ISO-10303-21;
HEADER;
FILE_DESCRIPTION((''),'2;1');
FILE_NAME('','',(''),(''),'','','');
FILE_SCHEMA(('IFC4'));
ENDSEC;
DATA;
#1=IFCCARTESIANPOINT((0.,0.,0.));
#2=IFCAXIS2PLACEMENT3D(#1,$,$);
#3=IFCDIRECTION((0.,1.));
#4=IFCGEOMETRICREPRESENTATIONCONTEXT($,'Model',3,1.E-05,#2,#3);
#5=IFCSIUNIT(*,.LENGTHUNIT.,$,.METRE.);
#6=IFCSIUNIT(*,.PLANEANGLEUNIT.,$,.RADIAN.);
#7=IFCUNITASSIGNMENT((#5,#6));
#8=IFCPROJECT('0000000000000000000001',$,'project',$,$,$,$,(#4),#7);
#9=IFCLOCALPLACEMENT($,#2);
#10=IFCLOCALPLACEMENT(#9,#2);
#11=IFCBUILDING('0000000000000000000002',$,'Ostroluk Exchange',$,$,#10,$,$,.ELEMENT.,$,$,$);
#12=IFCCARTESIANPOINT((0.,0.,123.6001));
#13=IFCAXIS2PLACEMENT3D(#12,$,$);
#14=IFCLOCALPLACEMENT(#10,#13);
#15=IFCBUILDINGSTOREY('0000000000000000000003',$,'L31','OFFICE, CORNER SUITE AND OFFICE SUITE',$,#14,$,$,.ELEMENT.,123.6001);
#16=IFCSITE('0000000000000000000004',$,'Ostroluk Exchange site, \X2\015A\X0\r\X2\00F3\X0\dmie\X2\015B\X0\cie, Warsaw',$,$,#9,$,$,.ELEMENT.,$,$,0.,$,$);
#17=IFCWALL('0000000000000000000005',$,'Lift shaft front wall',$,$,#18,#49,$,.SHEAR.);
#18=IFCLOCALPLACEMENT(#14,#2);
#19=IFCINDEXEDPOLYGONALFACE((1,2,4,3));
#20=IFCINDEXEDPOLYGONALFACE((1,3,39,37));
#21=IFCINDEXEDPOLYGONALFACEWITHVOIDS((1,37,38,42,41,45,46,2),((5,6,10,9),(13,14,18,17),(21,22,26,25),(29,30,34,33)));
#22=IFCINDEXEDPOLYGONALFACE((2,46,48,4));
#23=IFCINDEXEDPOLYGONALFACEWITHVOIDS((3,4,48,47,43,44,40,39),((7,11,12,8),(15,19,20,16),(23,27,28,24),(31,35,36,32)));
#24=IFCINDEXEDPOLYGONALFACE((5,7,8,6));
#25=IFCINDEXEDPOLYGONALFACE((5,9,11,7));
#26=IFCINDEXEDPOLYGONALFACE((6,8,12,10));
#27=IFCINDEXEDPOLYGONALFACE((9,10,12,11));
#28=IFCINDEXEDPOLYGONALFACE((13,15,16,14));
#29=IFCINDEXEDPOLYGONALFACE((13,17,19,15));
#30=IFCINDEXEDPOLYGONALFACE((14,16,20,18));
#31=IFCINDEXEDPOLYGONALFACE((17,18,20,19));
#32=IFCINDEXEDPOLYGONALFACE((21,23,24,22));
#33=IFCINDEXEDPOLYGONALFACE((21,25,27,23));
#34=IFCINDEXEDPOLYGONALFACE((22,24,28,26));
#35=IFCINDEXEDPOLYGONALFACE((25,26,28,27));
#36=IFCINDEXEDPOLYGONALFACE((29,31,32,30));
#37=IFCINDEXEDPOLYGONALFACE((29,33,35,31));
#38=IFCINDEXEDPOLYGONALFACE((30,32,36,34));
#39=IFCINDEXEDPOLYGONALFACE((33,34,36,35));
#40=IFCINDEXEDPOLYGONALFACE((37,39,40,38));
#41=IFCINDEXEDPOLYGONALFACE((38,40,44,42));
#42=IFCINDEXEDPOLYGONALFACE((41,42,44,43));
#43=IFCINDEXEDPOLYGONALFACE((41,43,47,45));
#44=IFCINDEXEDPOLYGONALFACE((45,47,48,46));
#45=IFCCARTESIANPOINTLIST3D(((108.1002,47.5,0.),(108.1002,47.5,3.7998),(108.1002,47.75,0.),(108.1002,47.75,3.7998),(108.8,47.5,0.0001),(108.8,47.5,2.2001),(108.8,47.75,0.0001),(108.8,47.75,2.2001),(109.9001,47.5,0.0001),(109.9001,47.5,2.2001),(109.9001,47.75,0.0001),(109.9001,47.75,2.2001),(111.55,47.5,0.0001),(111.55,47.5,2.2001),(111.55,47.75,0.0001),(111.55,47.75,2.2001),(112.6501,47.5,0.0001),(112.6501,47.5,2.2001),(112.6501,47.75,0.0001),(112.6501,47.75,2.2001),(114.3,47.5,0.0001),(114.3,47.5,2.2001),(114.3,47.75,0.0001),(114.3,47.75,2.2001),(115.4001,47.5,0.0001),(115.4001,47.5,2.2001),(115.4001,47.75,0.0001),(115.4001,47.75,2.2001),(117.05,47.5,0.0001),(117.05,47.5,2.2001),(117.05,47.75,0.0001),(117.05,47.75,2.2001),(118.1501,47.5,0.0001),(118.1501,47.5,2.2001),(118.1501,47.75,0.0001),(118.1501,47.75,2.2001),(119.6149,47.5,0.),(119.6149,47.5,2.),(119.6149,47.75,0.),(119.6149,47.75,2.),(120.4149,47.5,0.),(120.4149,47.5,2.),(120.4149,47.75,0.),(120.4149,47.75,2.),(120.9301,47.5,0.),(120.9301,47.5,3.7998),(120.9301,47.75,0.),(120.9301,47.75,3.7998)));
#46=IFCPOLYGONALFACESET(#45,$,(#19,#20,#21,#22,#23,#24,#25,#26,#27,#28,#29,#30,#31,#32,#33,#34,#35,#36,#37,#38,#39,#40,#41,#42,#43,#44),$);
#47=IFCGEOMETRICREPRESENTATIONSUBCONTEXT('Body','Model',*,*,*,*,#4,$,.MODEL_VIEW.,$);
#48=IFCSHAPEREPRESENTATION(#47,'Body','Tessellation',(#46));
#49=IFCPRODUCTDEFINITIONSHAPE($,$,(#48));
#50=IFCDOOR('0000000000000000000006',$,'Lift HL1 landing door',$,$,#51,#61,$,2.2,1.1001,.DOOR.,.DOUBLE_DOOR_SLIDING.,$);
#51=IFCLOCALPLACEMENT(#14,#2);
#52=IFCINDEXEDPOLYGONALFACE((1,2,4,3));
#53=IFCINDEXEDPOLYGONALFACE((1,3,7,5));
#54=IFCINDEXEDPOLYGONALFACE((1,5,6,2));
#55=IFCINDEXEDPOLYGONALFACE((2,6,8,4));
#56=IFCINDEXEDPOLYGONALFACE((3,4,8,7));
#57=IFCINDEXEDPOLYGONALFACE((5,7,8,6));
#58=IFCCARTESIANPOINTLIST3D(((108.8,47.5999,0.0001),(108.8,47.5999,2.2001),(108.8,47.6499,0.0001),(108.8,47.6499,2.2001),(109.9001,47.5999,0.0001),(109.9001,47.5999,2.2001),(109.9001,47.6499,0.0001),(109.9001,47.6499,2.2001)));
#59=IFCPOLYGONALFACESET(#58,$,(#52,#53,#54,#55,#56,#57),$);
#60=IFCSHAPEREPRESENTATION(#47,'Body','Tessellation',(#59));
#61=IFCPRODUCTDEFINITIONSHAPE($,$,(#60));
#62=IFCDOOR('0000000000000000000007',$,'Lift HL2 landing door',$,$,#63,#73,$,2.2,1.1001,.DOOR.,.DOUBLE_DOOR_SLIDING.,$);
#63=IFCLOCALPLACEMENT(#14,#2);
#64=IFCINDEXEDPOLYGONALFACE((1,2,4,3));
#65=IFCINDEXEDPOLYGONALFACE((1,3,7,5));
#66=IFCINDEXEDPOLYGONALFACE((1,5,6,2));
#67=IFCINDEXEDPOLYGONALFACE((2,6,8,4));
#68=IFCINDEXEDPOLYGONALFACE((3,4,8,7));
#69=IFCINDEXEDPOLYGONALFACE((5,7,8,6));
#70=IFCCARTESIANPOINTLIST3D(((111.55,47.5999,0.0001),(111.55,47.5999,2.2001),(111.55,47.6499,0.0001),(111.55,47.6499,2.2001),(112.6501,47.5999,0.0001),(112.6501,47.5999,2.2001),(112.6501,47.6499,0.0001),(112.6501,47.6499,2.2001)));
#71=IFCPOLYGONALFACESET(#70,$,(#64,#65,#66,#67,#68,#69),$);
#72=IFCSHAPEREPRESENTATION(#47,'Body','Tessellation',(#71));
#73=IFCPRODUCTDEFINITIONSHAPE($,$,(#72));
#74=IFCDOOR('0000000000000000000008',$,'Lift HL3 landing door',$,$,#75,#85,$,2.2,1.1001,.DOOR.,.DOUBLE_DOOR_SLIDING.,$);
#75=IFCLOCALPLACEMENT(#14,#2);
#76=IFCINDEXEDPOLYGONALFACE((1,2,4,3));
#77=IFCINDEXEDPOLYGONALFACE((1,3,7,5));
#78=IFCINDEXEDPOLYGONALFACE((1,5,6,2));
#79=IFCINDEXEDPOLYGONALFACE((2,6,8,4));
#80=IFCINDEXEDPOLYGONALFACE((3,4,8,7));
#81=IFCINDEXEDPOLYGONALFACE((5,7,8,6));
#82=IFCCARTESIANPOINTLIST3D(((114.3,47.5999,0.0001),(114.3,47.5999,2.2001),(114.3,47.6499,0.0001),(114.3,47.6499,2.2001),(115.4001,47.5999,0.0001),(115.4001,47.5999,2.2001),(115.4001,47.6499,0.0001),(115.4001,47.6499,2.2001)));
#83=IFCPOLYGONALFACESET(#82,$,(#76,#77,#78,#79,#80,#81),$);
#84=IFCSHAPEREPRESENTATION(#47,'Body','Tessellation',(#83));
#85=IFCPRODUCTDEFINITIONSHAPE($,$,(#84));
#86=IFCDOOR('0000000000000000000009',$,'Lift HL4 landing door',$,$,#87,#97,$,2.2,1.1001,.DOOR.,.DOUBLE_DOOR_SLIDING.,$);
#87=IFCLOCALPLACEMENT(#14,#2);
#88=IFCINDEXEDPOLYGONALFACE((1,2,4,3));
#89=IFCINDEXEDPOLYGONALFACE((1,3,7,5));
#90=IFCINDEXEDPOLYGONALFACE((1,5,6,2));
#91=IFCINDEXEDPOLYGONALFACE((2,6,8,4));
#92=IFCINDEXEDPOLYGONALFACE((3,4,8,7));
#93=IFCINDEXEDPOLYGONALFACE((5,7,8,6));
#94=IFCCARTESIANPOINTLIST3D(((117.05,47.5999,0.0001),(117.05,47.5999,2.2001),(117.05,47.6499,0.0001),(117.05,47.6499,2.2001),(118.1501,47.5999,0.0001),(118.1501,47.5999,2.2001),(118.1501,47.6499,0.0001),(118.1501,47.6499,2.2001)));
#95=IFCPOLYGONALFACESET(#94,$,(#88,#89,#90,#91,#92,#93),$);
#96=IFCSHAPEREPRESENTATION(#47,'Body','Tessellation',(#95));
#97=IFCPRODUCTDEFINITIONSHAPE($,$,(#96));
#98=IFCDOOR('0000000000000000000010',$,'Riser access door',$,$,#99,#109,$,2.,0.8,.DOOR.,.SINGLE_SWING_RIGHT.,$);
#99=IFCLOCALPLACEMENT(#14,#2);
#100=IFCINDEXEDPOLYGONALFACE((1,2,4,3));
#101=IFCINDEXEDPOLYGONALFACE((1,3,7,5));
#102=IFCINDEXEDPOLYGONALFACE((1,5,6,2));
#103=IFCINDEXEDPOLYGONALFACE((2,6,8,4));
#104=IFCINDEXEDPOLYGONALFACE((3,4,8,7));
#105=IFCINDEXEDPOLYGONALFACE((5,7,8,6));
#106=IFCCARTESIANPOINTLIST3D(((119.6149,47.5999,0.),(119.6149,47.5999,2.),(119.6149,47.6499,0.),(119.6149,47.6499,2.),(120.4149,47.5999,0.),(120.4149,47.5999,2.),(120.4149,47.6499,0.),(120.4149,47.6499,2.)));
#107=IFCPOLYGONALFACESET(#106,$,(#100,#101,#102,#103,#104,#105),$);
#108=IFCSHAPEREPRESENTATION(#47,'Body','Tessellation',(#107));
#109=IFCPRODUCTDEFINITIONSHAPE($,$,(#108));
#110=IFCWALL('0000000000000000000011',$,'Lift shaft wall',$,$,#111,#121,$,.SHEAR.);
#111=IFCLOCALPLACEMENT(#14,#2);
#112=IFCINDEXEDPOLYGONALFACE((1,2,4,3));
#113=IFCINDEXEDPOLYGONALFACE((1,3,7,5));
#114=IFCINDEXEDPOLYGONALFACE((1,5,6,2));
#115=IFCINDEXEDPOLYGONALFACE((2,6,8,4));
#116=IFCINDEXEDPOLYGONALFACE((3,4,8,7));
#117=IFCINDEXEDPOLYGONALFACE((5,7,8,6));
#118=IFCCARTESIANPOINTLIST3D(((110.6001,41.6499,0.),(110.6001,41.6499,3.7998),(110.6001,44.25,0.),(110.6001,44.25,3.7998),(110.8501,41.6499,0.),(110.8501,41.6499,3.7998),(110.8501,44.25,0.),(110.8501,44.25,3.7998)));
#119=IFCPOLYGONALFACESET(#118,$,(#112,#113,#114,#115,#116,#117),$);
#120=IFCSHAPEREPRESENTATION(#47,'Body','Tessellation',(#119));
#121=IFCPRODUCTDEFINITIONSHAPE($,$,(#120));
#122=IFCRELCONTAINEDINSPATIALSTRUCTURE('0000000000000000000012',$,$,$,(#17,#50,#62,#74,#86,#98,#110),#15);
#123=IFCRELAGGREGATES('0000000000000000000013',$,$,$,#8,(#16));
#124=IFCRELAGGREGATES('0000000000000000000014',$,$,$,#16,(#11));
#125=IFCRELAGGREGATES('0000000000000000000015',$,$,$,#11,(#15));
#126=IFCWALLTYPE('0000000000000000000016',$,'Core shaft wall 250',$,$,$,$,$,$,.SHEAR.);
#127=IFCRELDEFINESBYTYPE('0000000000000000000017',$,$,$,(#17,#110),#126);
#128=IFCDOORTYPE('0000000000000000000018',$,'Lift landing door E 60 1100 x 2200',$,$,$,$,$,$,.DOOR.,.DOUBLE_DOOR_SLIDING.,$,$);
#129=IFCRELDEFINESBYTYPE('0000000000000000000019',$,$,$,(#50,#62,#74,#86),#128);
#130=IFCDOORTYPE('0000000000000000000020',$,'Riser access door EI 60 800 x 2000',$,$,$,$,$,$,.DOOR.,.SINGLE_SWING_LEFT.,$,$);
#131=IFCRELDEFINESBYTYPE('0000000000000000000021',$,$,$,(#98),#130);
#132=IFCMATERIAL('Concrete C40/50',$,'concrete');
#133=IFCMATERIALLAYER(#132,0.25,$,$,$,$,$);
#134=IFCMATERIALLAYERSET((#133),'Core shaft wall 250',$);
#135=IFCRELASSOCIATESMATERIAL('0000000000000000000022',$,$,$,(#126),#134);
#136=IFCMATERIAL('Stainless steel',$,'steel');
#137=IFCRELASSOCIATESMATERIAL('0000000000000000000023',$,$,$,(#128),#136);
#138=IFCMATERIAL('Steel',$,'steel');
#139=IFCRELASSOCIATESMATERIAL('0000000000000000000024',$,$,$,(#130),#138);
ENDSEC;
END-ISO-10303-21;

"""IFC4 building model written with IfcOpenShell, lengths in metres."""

from ifc_helpers import new_model, si_unit, direction, frame, frame_2d, origin, place, context, subcontext, project, spatial, rectangle, extrude, material, layer, layer_set, type_object, element, fill, save


model = new_model("IFC4")

# Units and contexts
model_context = context("Model", 3, precision=1e-05, world=origin(), true_north=direction((0.0, 1.0)))
body_context = subcontext(model_context, "Body", "Model", "MODEL_VIEW")
ifc_project = project(units=[si_unit("LENGTHUNIT", "METRE"), si_unit("PLANEANGLEUNIT", "RADIAN")], contexts=[model_context])

# Site, building, storey
site_placement = place(None, origin())
site = spatial("IfcSite", under=ifc_project, at=site_placement, Name="Ostroluk Exchange site, Śródmieście, Warsaw", CompositionType="ELEMENT", RefElevation=0.0)
building_placement = place(site_placement, origin())
building = spatial("IfcBuilding", under=site, at=building_placement, Name="Ostroluk Exchange", CompositionType="ELEMENT")
storey_placement = place(building_placement, frame((0.0, 0.0, 123.6001)))
storey = spatial("IfcBuildingStorey", under=building, at=storey_placement, Name="L31", Description="OFFICE, CORNER SUITE AND OFFICE SUITE", CompositionType="ELEMENT", Elevation=123.6001)

# Shared definitions
ifc_material_1 = material(Name="Concrete C40/50", Category="concrete")
ifc_layer_1 = layer(ifc_material_1, 0.25)
ifc_layer_set_1 = layer_set([ifc_layer_1], Name="Core shaft wall 250")
wall_type_1 = type_object("IfcWallType", Name="Core shaft wall 250", PredefinedType="SHEAR", material=ifc_layer_set_1)

# Wall, openings, doors
wall_1_placement = place(storey_placement, frame((108.1001, 47.625, 0.0), z_axis=(0.0, 0.0, 1.0), x_axis=(1.0, 0.0, 0.0)))
wall_1 = element("IfcWall", 1, at=wall_1_placement, inside=storey, type_object=wall_type_1, Name="Lift shaft front wall", PredefinedType="SHEAR", context=body_context, shape_type="SweptSolid", body=[
    extrude(rectangle(XDim=12.8298, YDim=0.25, at=frame_2d((6.415, 0.0))), origin(), (0.0, 0.0, 1.0), 3.7998),
])
opening_1_placement = place(wall_1_placement, frame((0.7, 0.0, 0.0)))
opening_1 = element("IfcOpeningElement", 2, at=opening_1_placement, cuts=wall_1, PredefinedType="OPENING", context=body_context, shape_type="SweptSolid", body=[
    extrude(rectangle(XDim=1.1001, YDim=2.2, at=frame_2d((0.55, 1.1001))), frame((0.0, 0.135, 0.0), z_axis=(0.0, -1.0, 0.0), x_axis=(1.0, 0.0, 0.0)), (0.0, 0.0, 1.0), 0.27),
])
opening_2_placement = place(wall_1_placement, frame((3.45, 0.0, 0.0)))
opening_2 = element("IfcOpeningElement", 3, at=opening_2_placement, cuts=wall_1, PredefinedType="OPENING", context=body_context, shape_type="SweptSolid", body=[
    extrude(rectangle(XDim=1.1001, YDim=2.2, at=frame_2d((0.55, 1.1001))), frame((0.0, 0.135, 0.0), z_axis=(0.0, -1.0, 0.0), x_axis=(1.0, 0.0, 0.0)), (0.0, 0.0, 1.0), 0.27),
])
opening_3_placement = place(wall_1_placement, frame((6.2, 0.0, 0.0)))
opening_3 = element("IfcOpeningElement", 4, at=opening_3_placement, cuts=wall_1, PredefinedType="OPENING", context=body_context, shape_type="SweptSolid", body=[
    extrude(rectangle(XDim=1.1001, YDim=2.2, at=frame_2d((0.55, 1.1001))), frame((0.0, 0.135, 0.0), z_axis=(0.0, -1.0, 0.0), x_axis=(1.0, 0.0, 0.0)), (0.0, 0.0, 1.0), 0.27),
])
opening_4_placement = place(wall_1_placement, frame((8.95, 0.0, 0.0)))
opening_4 = element("IfcOpeningElement", 5, at=opening_4_placement, cuts=wall_1, PredefinedType="OPENING", context=body_context, shape_type="SweptSolid", body=[
    extrude(rectangle(XDim=1.1001, YDim=2.2, at=frame_2d((0.55, 1.1001))), frame((0.0, 0.135, 0.0), z_axis=(0.0, -1.0, 0.0), x_axis=(1.0, 0.0, 0.0)), (0.0, 0.0, 1.0), 0.27),
])
opening_5_placement = place(wall_1_placement, frame((11.5149, 0.0, 0.0)))
opening_5 = element("IfcOpeningElement", 6, at=opening_5_placement, cuts=wall_1, PredefinedType="OPENING", context=body_context, shape_type="SweptSolid", body=[
    extrude(rectangle(XDim=0.8, YDim=2.0, at=frame_2d((0.3999, 1.0))), frame((0.0, 0.135, 0.0), z_axis=(0.0, -1.0, 0.0), x_axis=(1.0, 0.0, 0.0)), (0.0, 0.0, 1.0), 0.27),
])
ifc_material_2 = material(Name="Stainless steel", Category="steel")
door_type_1 = type_object("IfcDoorType", Name="Lift landing door E 60 1100 x 2200", OperationType="DOUBLE_DOOR_SLIDING", PredefinedType="DOOR", material=ifc_material_2)
door_1_placement = place(opening_1_placement, origin())
door_1 = element("IfcDoor", 7, at=door_1_placement, inside=storey, type_object=door_type_1, Name="Lift HL1 landing door", OperationType="DOUBLE_DOOR_SLIDING", OverallHeight=2.2, OverallWidth=1.1001, PredefinedType="DOOR", context=body_context, shape_type="SweptSolid", body=[
    extrude(rectangle(XDim=1.1001, YDim=2.2, at=frame_2d((0.55, 1.1001))), frame((0.0, 0.0249, 0.0), z_axis=(0.0, -1.0, 0.0), x_axis=(1.0, 0.0, 0.0)), (0.0, 0.0, 1.0), 0.05),
])
fill(opening_1, door_1)
door_2_placement = place(opening_2_placement, origin())
door_2 = element("IfcDoor", 8, at=door_2_placement, inside=storey, type_object=door_type_1, Name="Lift HL2 landing door", OperationType="DOUBLE_DOOR_SLIDING", OverallHeight=2.2, OverallWidth=1.1001, PredefinedType="DOOR", context=body_context, shape_type="SweptSolid", body=[
    extrude(rectangle(XDim=1.1001, YDim=2.2, at=frame_2d((0.55, 1.1001))), frame((0.0, 0.0249, 0.0), z_axis=(0.0, -1.0, 0.0), x_axis=(1.0, 0.0, 0.0)), (0.0, 0.0, 1.0), 0.05),
])
fill(opening_2, door_2)
door_3_placement = place(opening_3_placement, origin())
door_3 = element("IfcDoor", 9, at=door_3_placement, inside=storey, type_object=door_type_1, Name="Lift HL3 landing door", OperationType="DOUBLE_DOOR_SLIDING", OverallHeight=2.2, OverallWidth=1.1001, PredefinedType="DOOR", context=body_context, shape_type="SweptSolid", body=[
    extrude(rectangle(XDim=1.1001, YDim=2.2, at=frame_2d((0.55, 1.1001))), frame((0.0, 0.0249, 0.0), z_axis=(0.0, -1.0, 0.0), x_axis=(1.0, 0.0, 0.0)), (0.0, 0.0, 1.0), 0.05),
])
fill(opening_3, door_3)
door_4_placement = place(opening_4_placement, origin())
door_4 = element("IfcDoor", 10, at=door_4_placement, inside=storey, type_object=door_type_1, Name="Lift HL4 landing door", OperationType="DOUBLE_DOOR_SLIDING", OverallHeight=2.2, OverallWidth=1.1001, PredefinedType="DOOR", context=body_context, shape_type="SweptSolid", body=[
    extrude(rectangle(XDim=1.1001, YDim=2.2, at=frame_2d((0.55, 1.1001))), frame((0.0, 0.0249, 0.0), z_axis=(0.0, -1.0, 0.0), x_axis=(1.0, 0.0, 0.0)), (0.0, 0.0, 1.0), 0.05),
])
fill(opening_4, door_4)
ifc_material_3 = material(Name="Steel", Category="steel")
door_type_2 = type_object("IfcDoorType", Name="Riser access door EI 60 800 x 2000", OperationType="SINGLE_SWING_LEFT", PredefinedType="DOOR", material=ifc_material_3)
door_5_placement = place(opening_5_placement, origin())
door_5 = element("IfcDoor", 11, at=door_5_placement, inside=storey, type_object=door_type_2, Name="Riser access door", OperationType="SINGLE_SWING_RIGHT", OverallHeight=2.0, OverallWidth=0.8, PredefinedType="DOOR", context=body_context, shape_type="SweptSolid", body=[
    extrude(rectangle(XDim=0.8, YDim=2.0, at=frame_2d((0.3999, 1.0))), frame((0.0, 0.0249, 0.0), z_axis=(0.0, -1.0, 0.0), x_axis=(1.0, 0.0, 0.0)), (0.0, 0.0, 1.0), 0.05),
])
fill(opening_5, door_5)

# Wall
wall_2_placement = place(storey_placement, frame((110.7251, 44.25, 0.0), z_axis=(0.0, 0.0, 1.0), x_axis=(0.0, -1.0, 0.0)))
element("IfcWall", 12, at=wall_2_placement, inside=storey, type_object=wall_type_1, Name="Lift shaft wall", PredefinedType="SHEAR", context=body_context, shape_type="SweptSolid", body=[
    extrude(rectangle(XDim=2.6001, YDim=0.25, at=frame_2d((1.3, 0.0))), origin(), (0.0, 0.0, 1.0), 3.7998),
])

save(model, "model.ifc")
